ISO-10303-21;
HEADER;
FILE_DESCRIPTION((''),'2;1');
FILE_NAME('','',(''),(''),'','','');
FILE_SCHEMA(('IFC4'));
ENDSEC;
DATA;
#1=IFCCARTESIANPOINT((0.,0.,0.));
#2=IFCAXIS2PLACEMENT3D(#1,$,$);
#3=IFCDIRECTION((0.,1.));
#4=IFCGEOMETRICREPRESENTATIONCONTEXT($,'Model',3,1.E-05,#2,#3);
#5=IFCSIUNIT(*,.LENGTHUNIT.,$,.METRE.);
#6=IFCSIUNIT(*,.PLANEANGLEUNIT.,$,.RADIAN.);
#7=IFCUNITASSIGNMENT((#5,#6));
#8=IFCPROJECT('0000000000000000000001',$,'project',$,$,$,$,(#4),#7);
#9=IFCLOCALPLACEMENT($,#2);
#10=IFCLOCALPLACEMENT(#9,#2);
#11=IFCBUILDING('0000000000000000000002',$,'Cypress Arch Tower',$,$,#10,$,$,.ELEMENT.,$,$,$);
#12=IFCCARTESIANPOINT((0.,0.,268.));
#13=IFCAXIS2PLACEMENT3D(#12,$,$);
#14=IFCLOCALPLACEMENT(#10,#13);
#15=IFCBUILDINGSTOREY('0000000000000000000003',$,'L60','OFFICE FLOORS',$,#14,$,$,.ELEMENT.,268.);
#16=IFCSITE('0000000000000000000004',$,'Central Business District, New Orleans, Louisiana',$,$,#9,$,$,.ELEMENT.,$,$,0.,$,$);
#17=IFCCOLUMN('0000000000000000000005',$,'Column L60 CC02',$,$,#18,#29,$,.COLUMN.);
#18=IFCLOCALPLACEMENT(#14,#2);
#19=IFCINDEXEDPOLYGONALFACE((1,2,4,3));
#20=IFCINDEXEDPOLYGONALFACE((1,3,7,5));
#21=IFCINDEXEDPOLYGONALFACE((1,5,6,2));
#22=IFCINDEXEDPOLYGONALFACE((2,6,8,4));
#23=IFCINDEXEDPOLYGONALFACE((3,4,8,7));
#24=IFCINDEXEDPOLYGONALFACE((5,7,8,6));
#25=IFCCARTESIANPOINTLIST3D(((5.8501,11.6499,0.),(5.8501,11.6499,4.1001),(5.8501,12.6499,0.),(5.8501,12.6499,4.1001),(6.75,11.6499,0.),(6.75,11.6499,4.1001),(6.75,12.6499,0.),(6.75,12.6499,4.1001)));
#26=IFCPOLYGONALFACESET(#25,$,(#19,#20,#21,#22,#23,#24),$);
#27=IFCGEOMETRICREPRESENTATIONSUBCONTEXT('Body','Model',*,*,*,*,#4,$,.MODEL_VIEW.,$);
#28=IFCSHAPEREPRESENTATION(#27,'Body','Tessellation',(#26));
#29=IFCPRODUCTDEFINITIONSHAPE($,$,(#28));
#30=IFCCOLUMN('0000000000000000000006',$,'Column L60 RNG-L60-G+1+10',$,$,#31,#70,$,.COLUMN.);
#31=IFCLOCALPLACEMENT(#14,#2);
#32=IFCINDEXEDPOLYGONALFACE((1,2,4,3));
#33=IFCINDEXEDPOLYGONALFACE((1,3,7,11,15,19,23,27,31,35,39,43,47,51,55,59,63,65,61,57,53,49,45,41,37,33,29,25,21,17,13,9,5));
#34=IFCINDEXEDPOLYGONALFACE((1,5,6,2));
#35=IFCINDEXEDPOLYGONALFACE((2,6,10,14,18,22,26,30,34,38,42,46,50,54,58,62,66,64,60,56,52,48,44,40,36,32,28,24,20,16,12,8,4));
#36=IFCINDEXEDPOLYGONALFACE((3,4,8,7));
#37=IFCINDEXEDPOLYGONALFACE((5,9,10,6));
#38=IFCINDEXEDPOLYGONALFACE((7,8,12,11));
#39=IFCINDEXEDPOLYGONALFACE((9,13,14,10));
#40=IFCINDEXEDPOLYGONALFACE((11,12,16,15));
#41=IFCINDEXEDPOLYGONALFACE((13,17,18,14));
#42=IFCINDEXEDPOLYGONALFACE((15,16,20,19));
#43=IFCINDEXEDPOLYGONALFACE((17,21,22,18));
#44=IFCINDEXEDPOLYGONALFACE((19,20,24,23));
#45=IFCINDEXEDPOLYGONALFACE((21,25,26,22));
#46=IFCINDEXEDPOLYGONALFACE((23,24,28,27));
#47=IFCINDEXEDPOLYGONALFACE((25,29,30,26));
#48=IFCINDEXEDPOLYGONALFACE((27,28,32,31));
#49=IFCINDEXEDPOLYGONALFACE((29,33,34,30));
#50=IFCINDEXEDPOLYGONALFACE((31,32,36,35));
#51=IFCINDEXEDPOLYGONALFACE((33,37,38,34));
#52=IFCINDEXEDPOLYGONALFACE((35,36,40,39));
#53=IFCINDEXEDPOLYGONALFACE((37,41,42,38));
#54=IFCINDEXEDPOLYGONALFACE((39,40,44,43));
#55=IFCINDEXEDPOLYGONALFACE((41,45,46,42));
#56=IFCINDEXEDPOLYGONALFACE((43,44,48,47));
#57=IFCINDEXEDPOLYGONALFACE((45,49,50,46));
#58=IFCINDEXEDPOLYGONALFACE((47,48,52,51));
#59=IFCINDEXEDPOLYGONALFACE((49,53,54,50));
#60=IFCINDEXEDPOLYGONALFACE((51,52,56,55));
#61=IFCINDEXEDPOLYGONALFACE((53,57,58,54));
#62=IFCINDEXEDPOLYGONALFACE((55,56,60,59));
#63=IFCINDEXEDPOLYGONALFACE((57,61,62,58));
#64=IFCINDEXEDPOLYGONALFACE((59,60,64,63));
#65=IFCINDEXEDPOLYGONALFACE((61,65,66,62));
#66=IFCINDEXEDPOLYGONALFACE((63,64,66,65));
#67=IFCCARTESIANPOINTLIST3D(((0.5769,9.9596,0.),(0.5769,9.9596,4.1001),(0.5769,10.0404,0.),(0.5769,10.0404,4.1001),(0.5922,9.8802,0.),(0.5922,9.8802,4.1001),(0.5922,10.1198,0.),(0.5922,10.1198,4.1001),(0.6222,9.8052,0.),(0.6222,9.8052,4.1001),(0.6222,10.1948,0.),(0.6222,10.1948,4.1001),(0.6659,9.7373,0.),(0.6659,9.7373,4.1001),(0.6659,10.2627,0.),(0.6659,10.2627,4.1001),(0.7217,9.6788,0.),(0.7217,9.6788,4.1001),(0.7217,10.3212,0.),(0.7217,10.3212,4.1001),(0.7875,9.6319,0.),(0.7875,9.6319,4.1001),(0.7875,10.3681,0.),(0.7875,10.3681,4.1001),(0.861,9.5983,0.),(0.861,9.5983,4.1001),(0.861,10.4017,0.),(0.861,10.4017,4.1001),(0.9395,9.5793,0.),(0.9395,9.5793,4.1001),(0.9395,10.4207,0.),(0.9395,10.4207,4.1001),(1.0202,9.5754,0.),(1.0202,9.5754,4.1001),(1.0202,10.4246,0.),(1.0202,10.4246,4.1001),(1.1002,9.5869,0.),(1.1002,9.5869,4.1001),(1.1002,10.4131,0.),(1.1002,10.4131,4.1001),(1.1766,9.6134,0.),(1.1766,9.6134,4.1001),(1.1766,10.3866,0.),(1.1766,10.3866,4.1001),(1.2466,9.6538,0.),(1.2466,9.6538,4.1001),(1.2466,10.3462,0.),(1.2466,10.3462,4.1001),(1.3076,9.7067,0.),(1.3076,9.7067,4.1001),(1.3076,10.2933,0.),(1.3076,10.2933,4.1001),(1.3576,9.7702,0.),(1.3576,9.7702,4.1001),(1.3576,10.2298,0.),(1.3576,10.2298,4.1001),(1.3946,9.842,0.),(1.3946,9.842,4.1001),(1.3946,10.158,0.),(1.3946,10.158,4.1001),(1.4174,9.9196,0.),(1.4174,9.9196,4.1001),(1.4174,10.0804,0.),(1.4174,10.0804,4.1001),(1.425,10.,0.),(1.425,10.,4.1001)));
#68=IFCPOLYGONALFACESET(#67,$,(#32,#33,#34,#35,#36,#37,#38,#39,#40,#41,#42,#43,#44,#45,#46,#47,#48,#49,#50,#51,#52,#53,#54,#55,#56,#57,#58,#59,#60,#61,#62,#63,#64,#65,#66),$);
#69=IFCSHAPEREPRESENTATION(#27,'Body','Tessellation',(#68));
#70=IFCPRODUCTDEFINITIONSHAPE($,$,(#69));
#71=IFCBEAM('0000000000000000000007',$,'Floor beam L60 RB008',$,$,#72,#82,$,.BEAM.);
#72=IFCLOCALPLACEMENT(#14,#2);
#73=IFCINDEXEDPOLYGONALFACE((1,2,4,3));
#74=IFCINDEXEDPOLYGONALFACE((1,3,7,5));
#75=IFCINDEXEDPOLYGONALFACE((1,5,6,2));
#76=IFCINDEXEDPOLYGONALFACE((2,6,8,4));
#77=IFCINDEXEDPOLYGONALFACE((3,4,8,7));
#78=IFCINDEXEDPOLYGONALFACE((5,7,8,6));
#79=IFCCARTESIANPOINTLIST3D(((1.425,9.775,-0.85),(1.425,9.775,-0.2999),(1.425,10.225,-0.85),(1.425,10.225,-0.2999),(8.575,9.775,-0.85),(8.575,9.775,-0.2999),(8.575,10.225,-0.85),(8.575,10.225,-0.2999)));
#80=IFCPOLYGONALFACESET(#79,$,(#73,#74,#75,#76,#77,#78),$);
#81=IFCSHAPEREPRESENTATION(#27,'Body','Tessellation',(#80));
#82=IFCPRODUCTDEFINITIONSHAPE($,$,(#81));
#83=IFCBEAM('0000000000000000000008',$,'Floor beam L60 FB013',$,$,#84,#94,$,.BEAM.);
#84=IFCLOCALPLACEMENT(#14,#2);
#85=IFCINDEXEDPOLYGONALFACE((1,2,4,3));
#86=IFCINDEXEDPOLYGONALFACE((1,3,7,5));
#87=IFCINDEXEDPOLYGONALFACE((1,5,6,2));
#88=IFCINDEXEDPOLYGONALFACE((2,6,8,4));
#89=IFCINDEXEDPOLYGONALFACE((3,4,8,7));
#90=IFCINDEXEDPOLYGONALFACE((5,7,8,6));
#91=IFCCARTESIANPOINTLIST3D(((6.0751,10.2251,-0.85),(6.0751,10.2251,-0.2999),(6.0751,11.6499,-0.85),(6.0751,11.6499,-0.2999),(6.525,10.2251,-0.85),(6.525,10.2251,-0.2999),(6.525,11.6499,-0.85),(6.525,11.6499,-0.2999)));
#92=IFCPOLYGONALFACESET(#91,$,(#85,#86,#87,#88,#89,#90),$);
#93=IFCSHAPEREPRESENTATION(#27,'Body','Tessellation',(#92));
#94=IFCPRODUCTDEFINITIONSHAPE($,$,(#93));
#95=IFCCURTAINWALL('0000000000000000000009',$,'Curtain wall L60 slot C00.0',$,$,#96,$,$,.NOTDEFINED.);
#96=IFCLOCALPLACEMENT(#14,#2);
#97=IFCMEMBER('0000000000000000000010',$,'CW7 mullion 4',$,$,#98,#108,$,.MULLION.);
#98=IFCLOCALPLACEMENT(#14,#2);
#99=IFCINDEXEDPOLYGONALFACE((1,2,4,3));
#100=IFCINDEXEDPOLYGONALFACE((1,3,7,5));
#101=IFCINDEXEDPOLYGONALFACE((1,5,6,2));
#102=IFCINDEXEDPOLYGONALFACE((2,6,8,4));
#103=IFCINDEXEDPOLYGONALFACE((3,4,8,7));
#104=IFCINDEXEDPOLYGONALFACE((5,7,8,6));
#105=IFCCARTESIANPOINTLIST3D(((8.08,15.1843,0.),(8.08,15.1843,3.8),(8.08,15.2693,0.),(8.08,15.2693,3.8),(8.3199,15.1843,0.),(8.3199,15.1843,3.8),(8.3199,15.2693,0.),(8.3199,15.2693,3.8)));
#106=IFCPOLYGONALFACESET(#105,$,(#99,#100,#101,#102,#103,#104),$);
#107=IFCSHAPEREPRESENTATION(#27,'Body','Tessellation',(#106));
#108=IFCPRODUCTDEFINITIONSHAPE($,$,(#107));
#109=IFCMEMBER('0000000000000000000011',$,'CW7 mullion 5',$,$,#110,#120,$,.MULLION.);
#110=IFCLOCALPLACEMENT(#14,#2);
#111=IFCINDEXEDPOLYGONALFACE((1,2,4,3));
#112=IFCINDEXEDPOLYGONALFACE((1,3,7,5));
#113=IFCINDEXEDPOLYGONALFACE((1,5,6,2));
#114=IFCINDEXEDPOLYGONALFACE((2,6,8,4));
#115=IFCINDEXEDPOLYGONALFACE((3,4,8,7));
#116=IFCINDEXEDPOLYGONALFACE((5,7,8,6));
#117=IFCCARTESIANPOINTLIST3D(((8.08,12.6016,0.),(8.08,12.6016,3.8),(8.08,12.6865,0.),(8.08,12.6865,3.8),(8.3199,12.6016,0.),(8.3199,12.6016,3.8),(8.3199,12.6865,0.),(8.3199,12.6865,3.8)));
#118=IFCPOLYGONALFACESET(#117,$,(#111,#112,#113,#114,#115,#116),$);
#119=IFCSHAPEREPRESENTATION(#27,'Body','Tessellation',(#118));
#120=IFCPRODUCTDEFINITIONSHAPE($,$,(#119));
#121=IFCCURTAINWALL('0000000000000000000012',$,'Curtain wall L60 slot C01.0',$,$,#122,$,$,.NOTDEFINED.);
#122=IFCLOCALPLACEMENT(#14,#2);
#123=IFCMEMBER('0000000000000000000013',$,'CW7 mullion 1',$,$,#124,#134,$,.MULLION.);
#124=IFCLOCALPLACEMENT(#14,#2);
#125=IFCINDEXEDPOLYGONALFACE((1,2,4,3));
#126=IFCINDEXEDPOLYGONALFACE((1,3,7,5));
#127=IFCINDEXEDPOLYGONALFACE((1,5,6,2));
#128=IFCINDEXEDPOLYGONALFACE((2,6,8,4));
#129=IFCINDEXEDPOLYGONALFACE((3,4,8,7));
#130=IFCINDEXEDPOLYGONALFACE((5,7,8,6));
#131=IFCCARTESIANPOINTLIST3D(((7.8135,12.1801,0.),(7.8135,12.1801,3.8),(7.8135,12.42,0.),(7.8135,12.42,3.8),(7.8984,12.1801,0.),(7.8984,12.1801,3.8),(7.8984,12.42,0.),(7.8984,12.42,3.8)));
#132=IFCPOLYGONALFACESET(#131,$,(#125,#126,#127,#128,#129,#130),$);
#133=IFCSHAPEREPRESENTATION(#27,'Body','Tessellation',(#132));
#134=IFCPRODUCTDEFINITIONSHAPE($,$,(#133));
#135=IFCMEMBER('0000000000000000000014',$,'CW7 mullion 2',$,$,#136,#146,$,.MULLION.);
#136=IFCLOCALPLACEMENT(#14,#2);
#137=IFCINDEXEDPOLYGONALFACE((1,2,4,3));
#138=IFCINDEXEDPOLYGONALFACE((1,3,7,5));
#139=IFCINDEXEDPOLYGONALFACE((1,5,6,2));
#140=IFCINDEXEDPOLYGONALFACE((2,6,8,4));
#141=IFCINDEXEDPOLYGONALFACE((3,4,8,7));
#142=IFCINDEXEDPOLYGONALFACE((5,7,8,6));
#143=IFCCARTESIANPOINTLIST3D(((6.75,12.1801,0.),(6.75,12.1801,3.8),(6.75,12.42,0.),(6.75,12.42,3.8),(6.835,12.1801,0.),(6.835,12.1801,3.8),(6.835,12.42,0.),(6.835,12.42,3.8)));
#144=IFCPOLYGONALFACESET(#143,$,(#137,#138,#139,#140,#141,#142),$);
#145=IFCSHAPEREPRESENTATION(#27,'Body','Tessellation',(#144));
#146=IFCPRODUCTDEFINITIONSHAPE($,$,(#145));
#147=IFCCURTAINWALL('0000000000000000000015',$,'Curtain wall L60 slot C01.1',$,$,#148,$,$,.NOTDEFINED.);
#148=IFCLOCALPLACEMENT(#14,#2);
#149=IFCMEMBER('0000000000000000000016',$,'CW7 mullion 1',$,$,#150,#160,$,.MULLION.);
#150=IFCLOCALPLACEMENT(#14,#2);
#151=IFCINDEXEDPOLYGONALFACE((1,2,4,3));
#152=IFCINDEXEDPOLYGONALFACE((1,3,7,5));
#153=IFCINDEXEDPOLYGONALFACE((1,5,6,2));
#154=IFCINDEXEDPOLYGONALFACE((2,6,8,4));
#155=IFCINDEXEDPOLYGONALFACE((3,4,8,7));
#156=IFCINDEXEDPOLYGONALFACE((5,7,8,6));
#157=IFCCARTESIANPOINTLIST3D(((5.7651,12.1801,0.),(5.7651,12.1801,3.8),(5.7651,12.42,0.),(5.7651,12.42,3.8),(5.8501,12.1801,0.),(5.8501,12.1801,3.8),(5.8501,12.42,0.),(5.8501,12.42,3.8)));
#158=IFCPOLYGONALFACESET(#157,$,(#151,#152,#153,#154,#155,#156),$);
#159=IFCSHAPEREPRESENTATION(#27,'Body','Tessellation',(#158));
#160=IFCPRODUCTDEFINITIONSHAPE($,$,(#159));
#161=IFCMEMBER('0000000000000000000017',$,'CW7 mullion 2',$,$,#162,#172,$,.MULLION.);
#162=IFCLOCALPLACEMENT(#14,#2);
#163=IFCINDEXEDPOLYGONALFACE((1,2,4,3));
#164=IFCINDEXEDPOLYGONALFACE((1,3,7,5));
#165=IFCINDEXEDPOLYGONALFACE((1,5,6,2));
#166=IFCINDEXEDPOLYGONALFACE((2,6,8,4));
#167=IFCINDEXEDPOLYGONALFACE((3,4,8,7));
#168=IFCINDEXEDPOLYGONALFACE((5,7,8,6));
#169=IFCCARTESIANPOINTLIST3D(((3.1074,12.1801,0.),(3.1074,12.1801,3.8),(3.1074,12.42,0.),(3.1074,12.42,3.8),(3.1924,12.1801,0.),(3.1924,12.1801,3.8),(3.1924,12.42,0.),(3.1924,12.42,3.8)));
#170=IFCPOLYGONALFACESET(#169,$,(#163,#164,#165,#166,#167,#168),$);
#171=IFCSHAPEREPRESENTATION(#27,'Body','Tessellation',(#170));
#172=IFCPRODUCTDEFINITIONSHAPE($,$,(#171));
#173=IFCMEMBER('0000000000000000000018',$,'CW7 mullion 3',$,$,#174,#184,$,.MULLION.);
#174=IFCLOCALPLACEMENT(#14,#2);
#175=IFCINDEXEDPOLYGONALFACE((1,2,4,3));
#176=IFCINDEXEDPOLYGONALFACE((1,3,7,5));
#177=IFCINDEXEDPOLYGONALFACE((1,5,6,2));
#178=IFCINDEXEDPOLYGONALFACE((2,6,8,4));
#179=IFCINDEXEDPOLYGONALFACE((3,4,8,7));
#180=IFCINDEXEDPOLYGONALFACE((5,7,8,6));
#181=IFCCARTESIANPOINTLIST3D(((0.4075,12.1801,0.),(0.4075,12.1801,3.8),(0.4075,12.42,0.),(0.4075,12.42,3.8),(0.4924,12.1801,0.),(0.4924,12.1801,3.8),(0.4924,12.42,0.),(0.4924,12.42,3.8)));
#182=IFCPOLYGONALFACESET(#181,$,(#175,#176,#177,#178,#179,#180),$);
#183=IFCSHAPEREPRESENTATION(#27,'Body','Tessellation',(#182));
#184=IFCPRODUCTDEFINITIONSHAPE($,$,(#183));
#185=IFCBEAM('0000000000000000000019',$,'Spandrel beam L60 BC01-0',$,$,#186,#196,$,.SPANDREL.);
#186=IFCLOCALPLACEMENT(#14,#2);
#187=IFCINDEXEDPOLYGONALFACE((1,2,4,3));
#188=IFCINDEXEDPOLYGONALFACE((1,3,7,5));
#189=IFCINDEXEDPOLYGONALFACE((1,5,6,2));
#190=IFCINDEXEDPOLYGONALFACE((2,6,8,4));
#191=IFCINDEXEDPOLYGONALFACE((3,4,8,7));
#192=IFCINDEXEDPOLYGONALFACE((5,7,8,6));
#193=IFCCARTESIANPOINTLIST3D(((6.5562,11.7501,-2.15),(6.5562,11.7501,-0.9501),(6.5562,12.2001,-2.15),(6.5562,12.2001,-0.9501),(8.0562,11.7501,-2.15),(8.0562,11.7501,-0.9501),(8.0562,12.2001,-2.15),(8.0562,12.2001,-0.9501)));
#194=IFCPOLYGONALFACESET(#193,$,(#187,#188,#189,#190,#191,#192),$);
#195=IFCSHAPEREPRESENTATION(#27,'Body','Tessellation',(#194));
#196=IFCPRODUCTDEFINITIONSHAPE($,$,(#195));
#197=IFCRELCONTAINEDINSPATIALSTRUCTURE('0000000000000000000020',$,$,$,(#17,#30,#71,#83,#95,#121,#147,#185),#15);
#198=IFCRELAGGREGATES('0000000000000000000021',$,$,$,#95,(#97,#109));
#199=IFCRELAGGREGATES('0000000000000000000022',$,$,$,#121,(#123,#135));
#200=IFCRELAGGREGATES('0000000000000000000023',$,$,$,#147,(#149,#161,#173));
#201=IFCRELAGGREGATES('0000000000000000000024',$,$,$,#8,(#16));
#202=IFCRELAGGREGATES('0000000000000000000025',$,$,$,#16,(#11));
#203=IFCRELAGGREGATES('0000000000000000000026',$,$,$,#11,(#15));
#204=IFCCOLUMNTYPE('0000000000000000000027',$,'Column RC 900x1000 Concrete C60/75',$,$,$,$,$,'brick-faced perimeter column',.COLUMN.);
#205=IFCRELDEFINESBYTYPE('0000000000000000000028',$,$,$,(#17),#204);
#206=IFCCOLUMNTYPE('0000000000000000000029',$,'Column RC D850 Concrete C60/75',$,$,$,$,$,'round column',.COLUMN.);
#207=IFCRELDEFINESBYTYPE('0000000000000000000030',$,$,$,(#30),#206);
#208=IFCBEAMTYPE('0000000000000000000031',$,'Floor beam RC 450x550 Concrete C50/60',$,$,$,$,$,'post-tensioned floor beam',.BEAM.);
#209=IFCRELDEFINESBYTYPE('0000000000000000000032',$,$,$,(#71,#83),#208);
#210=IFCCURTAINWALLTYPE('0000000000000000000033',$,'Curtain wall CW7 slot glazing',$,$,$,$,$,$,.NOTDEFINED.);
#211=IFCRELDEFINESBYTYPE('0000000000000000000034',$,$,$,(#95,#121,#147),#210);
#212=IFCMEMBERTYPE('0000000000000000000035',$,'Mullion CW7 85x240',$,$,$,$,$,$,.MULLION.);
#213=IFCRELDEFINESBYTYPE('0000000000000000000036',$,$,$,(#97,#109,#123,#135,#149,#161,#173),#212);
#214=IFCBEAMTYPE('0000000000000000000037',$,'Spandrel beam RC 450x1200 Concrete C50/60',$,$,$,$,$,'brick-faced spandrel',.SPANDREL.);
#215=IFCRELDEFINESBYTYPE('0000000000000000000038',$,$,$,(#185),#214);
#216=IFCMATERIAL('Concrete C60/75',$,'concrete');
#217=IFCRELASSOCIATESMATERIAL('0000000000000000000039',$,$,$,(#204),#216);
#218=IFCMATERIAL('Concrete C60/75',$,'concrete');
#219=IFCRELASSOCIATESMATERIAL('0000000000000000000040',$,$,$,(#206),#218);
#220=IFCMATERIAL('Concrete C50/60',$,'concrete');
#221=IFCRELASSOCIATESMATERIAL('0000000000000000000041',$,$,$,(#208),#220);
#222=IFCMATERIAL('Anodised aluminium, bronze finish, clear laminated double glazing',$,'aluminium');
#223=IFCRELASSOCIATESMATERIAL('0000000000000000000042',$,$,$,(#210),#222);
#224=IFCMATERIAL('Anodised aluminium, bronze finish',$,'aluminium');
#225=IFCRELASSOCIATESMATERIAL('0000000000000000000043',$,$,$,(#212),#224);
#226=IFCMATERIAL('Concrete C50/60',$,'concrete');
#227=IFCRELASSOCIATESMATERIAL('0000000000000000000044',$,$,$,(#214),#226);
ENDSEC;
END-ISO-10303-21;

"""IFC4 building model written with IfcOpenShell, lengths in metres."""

from ifc_helpers import new_model, si_unit, direction, frame, origin, origin_2d, place, context, subcontext, project, spatial, rectangle, circle, extrude, material, material_profile, profile_set, type_object, element, aggregate, save


model = new_model("IFC4")

# Units and contexts
model_context = context("Model", 3, precision=1e-05, world=origin(), true_north=direction((0.0, 1.0)))
body_context = subcontext(model_context, "Body", "Model", "MODEL_VIEW")
ifc_project = project(units=[si_unit("LENGTHUNIT", "METRE"), si_unit("PLANEANGLEUNIT", "RADIAN")], contexts=[model_context])

# Site, building, storey
site_placement = place(None, origin())
site = spatial("IfcSite", under=ifc_project, at=site_placement, Name="Central Business District, New Orleans, Louisiana", CompositionType="ELEMENT", RefElevation=0.0)
building_placement = place(site_placement, origin())
building = spatial("IfcBuilding", under=site, at=building_placement, Name="Cypress Arch Tower", CompositionType="ELEMENT")
storey_placement = place(building_placement, frame((0.0, 0.0, 268.0)))
storey = spatial("IfcBuildingStorey", under=building, at=storey_placement, Name="L60", Description="OFFICE FLOORS", CompositionType="ELEMENT", Elevation=268.0)

# Columns
ifc_material_1 = material(Name="Concrete C60/75", Category="concrete")
ifc_material_profile_1 = material_profile(ifc_material_1, rectangle(XDim=0.8999, YDim=1.0, at=origin_2d()), Name="RC 900x1000")
ifc_profile_set_1 = profile_set([ifc_material_profile_1], Name="Concrete C60/75")
column_type_1 = type_object("IfcColumnType", Name="Column RC 900x1000 Concrete C60/75", ElementType="brick-faced perimeter column", PredefinedType="COLUMN", material=ifc_profile_set_1)
column_1_placement = place(storey_placement, frame((6.3, 12.1499, 0.0), z_axis=(0.0, 0.0, 1.0), x_axis=(-1.0, 0.0, 0.0)))
element("IfcColumn", 1, at=column_1_placement, inside=storey, type_object=column_type_1, Name="Column L60 CC02", PredefinedType="COLUMN", context=body_context, shape_type="SweptSolid", body=[
    extrude(rectangle(XDim=0.8999, YDim=1.0, at=origin_2d()), origin(), (0.0, 0.0, 1.0), 4.1001),
])
ifc_material_2 = material(Name="Concrete C60/75", Category="concrete")
ifc_material_profile_2 = material_profile(ifc_material_2, circle(Radius=0.425, at=origin_2d()), Name="RC D850")
ifc_profile_set_2 = profile_set([ifc_material_profile_2], Name="Concrete C60/75")
column_type_2 = type_object("IfcColumnType", Name="Column RC D850 Concrete C60/75", ElementType="round column", PredefinedType="COLUMN", material=ifc_profile_set_2)
column_2_placement = place(storey_placement, frame((1.0, 10.0, 0.0), z_axis=(0.0, 0.0, 1.0), x_axis=(1.0, 0.0, 0.0)))
element("IfcColumn", 2, at=column_2_placement, inside=storey, type_object=column_type_2, Name="Column L60 RNG-L60-G+1+10", PredefinedType="COLUMN", context=body_context, shape_type="SweptSolid", body=[
    extrude(circle(Radius=0.425, at=origin_2d()), origin(), (0.0, 0.0, 1.0), 4.1001),
])

# Beams
ifc_material_3 = material(Name="Concrete C50/60", Category="concrete")
ifc_material_profile_3 = material_profile(ifc_material_3, rectangle(XDim=0.45, YDim=0.55, at=origin_2d()), Name="RC 450x550")
ifc_profile_set_3 = profile_set([ifc_material_profile_3], Name="Concrete C50/60")
beam_type_1 = type_object("IfcBeamType", Name="Floor beam RC 450x550 Concrete C50/60", ElementType="post-tensioned floor beam", PredefinedType="BEAM", material=ifc_profile_set_3)
beam_1_placement = place(storey_placement, frame((1.425, 10.0, -0.575), z_axis=(1.0, 0.0, 0.0), x_axis=(0.0, 1.0, 0.0)))
element("IfcBeam", 3, at=beam_1_placement, inside=storey, type_object=beam_type_1, Name="Floor beam L60 RB008", PredefinedType="BEAM", context=body_context, shape_type="SweptSolid", body=[
    extrude(rectangle(XDim=0.45, YDim=0.55, at=origin_2d()), origin(), (0.0, 0.0, 1.0), 7.1499),
])
beam_2_placement = place(storey_placement, frame((6.3, 10.2251, -0.575), z_axis=(0.0, 1.0, 0.0), x_axis=(-1.0, 0.0, 0.0)))
element("IfcBeam", 4, at=beam_2_placement, inside=storey, type_object=beam_type_1, Name="Floor beam L60 FB013", PredefinedType="BEAM", context=body_context, shape_type="SweptSolid", body=[
    extrude(rectangle(XDim=0.45, YDim=0.55, at=origin_2d()), origin(), (0.0, 0.0, 1.0), 1.4248),
])

# Curtain walls, members
ifc_material_4 = material(Name="Anodised aluminium, bronze finish, clear laminated double glazing", Category="aluminium")
curtain_wall_type = type_object("IfcCurtainWallType", Name="Curtain wall CW7 slot glazing", PredefinedType="NOTDEFINED", material=ifc_material_4)
curtain_wall_1_placement = place(storey_placement, origin())
curtain_wall_1 = element("IfcCurtainWall", 5, at=curtain_wall_1_placement, inside=storey, type_object=curtain_wall_type, Name="Curtain wall L60 slot C00.0", PredefinedType="NOTDEFINED")
ifc_material_5 = material(Name="Anodised aluminium, bronze finish", Category="aluminium")
ifc_material_profile_4 = material_profile(ifc_material_5, rectangle(XDim=0.24, YDim=0.085, at=origin_2d()), Name="Mullion 85x240")
ifc_profile_set_4 = profile_set([ifc_material_profile_4], Name="Anodised aluminium, bronze finish")
member_type_1 = type_object("IfcMemberType", Name="Mullion CW7 85x240", PredefinedType="MULLION", material=ifc_profile_set_4)
member_1_placement = place(storey_placement, frame((8.2, 15.2268, 0.0), z_axis=(0.0, 0.0, 1.0), x_axis=(1.0, 0.0, 0.0)))
member_1 = element("IfcMember", 6, at=member_1_placement, type_object=member_type_1, Name="CW7 mullion 4", PredefinedType="MULLION", context=body_context, shape_type="SweptSolid", body=[
    extrude(rectangle(XDim=0.24, YDim=0.085, at=origin_2d()), origin(), (0.0, 0.0, 1.0), 3.8),
])
member_2_placement = place(storey_placement, frame((8.2, 12.644, 0.0), z_axis=(0.0, 0.0, 1.0), x_axis=(1.0, 0.0, 0.0)))
member_2 = element("IfcMember", 7, at=member_2_placement, type_object=member_type_1, Name="CW7 mullion 5", PredefinedType="MULLION", context=body_context, shape_type="SweptSolid", body=[
    extrude(rectangle(XDim=0.24, YDim=0.085, at=origin_2d()), origin(), (0.0, 0.0, 1.0), 3.8),
])
curtain_wall_2_placement = place(storey_placement, origin())
curtain_wall_2 = element("IfcCurtainWall", 8, at=curtain_wall_2_placement, inside=storey, type_object=curtain_wall_type, Name="Curtain wall L60 slot C01.0", PredefinedType="NOTDEFINED")
member_3_placement = place(storey_placement, frame((7.856, 12.3, 0.0), z_axis=(0.0, 0.0, 1.0), x_axis=(0.0, -1.0, 0.0)))
member_3 = element("IfcMember", 9, at=member_3_placement, type_object=member_type_1, Name="CW7 mullion 1", PredefinedType="MULLION", context=body_context, shape_type="SweptSolid", body=[
    extrude(rectangle(XDim=0.24, YDim=0.085, at=origin_2d()), origin(), (0.0, 0.0, 1.0), 3.8),
])
member_4_placement = place(storey_placement, frame((6.7925, 12.3, 0.0), z_axis=(0.0, 0.0, 1.0), x_axis=(0.0, -1.0, 0.0)))
member_4 = element("IfcMember", 10, at=member_4_placement, type_object=member_type_1, Name="CW7 mullion 2", PredefinedType="MULLION", context=body_context, shape_type="SweptSolid", body=[
    extrude(rectangle(XDim=0.24, YDim=0.085, at=origin_2d()), origin(), (0.0, 0.0, 1.0), 3.8),
])
curtain_wall_3_placement = place(storey_placement, origin())
curtain_wall_3 = element("IfcCurtainWall", 11, at=curtain_wall_3_placement, inside=storey, type_object=curtain_wall_type, Name="Curtain wall L60 slot C01.1", PredefinedType="NOTDEFINED")
member_5_placement = place(storey_placement, frame((5.8076, 12.3, 0.0), z_axis=(0.0, 0.0, 1.0), x_axis=(0.0, -1.0, 0.0)))
member_5 = element("IfcMember", 12, at=member_5_placement, type_object=member_type_1, Name="CW7 mullion 1", PredefinedType="MULLION", context=body_context, shape_type="SweptSolid", body=[
    extrude(rectangle(XDim=0.24, YDim=0.085, at=origin_2d()), origin(), (0.0, 0.0, 1.0), 3.8),
])
member_6_placement = place(storey_placement, frame((3.1499, 12.3, 0.0), z_axis=(0.0, 0.0, 1.0), x_axis=(0.0, -1.0, 0.0)))
member_6 = element("IfcMember", 13, at=member_6_placement, type_object=member_type_1, Name="CW7 mullion 2", PredefinedType="MULLION", context=body_context, shape_type="SweptSolid", body=[
    extrude(rectangle(XDim=0.24, YDim=0.085, at=origin_2d()), origin(), (0.0, 0.0, 1.0), 3.8),
])
member_7_placement = place(storey_placement, frame((0.45, 12.3, 0.0), z_axis=(0.0, 0.0, 1.0), x_axis=(0.0, -1.0, 0.0)))
member_7 = element("IfcMember", 14, at=member_7_placement, type_object=member_type_1, Name="CW7 mullion 3", PredefinedType="MULLION", context=body_context, shape_type="SweptSolid", body=[
    extrude(rectangle(XDim=0.24, YDim=0.085, at=origin_2d()), origin(), (0.0, 0.0, 1.0), 3.8),
])

# Beam
ifc_material_6 = material(Name="Concrete C50/60", Category="concrete")
ifc_material_profile_5 = material_profile(ifc_material_6, rectangle(XDim=0.45, YDim=1.2, at=origin_2d()), Name="RC 450x1200")
ifc_profile_set_5 = profile_set([ifc_material_profile_5], Name="Concrete C50/60")
beam_type_2 = type_object("IfcBeamType", Name="Spandrel beam RC 450x1200 Concrete C50/60", ElementType="brick-faced spandrel", PredefinedType="SPANDREL", material=ifc_profile_set_5)
beam_3_placement = place(storey_placement, frame((8.0562, 11.9751, -1.55), z_axis=(-1.0, 0.0, 0.0), x_axis=(0.0, -1.0, 0.0)))
element("IfcBeam", 15, at=beam_3_placement, inside=storey, type_object=beam_type_2, Name="Spandrel beam L60 BC01-0", PredefinedType="SPANDREL", context=body_context, shape_type="SweptSolid", body=[
    extrude(rectangle(XDim=0.45, YDim=1.2, at=origin_2d()), origin(), (0.0, 0.0, 1.0), 1.5),
])

aggregate(curtain_wall_1, [member_1, member_2])
aggregate(curtain_wall_2, [member_3, member_4])
aggregate(curtain_wall_3, [member_5, member_6, member_7])

save(model, "model.ifc")
